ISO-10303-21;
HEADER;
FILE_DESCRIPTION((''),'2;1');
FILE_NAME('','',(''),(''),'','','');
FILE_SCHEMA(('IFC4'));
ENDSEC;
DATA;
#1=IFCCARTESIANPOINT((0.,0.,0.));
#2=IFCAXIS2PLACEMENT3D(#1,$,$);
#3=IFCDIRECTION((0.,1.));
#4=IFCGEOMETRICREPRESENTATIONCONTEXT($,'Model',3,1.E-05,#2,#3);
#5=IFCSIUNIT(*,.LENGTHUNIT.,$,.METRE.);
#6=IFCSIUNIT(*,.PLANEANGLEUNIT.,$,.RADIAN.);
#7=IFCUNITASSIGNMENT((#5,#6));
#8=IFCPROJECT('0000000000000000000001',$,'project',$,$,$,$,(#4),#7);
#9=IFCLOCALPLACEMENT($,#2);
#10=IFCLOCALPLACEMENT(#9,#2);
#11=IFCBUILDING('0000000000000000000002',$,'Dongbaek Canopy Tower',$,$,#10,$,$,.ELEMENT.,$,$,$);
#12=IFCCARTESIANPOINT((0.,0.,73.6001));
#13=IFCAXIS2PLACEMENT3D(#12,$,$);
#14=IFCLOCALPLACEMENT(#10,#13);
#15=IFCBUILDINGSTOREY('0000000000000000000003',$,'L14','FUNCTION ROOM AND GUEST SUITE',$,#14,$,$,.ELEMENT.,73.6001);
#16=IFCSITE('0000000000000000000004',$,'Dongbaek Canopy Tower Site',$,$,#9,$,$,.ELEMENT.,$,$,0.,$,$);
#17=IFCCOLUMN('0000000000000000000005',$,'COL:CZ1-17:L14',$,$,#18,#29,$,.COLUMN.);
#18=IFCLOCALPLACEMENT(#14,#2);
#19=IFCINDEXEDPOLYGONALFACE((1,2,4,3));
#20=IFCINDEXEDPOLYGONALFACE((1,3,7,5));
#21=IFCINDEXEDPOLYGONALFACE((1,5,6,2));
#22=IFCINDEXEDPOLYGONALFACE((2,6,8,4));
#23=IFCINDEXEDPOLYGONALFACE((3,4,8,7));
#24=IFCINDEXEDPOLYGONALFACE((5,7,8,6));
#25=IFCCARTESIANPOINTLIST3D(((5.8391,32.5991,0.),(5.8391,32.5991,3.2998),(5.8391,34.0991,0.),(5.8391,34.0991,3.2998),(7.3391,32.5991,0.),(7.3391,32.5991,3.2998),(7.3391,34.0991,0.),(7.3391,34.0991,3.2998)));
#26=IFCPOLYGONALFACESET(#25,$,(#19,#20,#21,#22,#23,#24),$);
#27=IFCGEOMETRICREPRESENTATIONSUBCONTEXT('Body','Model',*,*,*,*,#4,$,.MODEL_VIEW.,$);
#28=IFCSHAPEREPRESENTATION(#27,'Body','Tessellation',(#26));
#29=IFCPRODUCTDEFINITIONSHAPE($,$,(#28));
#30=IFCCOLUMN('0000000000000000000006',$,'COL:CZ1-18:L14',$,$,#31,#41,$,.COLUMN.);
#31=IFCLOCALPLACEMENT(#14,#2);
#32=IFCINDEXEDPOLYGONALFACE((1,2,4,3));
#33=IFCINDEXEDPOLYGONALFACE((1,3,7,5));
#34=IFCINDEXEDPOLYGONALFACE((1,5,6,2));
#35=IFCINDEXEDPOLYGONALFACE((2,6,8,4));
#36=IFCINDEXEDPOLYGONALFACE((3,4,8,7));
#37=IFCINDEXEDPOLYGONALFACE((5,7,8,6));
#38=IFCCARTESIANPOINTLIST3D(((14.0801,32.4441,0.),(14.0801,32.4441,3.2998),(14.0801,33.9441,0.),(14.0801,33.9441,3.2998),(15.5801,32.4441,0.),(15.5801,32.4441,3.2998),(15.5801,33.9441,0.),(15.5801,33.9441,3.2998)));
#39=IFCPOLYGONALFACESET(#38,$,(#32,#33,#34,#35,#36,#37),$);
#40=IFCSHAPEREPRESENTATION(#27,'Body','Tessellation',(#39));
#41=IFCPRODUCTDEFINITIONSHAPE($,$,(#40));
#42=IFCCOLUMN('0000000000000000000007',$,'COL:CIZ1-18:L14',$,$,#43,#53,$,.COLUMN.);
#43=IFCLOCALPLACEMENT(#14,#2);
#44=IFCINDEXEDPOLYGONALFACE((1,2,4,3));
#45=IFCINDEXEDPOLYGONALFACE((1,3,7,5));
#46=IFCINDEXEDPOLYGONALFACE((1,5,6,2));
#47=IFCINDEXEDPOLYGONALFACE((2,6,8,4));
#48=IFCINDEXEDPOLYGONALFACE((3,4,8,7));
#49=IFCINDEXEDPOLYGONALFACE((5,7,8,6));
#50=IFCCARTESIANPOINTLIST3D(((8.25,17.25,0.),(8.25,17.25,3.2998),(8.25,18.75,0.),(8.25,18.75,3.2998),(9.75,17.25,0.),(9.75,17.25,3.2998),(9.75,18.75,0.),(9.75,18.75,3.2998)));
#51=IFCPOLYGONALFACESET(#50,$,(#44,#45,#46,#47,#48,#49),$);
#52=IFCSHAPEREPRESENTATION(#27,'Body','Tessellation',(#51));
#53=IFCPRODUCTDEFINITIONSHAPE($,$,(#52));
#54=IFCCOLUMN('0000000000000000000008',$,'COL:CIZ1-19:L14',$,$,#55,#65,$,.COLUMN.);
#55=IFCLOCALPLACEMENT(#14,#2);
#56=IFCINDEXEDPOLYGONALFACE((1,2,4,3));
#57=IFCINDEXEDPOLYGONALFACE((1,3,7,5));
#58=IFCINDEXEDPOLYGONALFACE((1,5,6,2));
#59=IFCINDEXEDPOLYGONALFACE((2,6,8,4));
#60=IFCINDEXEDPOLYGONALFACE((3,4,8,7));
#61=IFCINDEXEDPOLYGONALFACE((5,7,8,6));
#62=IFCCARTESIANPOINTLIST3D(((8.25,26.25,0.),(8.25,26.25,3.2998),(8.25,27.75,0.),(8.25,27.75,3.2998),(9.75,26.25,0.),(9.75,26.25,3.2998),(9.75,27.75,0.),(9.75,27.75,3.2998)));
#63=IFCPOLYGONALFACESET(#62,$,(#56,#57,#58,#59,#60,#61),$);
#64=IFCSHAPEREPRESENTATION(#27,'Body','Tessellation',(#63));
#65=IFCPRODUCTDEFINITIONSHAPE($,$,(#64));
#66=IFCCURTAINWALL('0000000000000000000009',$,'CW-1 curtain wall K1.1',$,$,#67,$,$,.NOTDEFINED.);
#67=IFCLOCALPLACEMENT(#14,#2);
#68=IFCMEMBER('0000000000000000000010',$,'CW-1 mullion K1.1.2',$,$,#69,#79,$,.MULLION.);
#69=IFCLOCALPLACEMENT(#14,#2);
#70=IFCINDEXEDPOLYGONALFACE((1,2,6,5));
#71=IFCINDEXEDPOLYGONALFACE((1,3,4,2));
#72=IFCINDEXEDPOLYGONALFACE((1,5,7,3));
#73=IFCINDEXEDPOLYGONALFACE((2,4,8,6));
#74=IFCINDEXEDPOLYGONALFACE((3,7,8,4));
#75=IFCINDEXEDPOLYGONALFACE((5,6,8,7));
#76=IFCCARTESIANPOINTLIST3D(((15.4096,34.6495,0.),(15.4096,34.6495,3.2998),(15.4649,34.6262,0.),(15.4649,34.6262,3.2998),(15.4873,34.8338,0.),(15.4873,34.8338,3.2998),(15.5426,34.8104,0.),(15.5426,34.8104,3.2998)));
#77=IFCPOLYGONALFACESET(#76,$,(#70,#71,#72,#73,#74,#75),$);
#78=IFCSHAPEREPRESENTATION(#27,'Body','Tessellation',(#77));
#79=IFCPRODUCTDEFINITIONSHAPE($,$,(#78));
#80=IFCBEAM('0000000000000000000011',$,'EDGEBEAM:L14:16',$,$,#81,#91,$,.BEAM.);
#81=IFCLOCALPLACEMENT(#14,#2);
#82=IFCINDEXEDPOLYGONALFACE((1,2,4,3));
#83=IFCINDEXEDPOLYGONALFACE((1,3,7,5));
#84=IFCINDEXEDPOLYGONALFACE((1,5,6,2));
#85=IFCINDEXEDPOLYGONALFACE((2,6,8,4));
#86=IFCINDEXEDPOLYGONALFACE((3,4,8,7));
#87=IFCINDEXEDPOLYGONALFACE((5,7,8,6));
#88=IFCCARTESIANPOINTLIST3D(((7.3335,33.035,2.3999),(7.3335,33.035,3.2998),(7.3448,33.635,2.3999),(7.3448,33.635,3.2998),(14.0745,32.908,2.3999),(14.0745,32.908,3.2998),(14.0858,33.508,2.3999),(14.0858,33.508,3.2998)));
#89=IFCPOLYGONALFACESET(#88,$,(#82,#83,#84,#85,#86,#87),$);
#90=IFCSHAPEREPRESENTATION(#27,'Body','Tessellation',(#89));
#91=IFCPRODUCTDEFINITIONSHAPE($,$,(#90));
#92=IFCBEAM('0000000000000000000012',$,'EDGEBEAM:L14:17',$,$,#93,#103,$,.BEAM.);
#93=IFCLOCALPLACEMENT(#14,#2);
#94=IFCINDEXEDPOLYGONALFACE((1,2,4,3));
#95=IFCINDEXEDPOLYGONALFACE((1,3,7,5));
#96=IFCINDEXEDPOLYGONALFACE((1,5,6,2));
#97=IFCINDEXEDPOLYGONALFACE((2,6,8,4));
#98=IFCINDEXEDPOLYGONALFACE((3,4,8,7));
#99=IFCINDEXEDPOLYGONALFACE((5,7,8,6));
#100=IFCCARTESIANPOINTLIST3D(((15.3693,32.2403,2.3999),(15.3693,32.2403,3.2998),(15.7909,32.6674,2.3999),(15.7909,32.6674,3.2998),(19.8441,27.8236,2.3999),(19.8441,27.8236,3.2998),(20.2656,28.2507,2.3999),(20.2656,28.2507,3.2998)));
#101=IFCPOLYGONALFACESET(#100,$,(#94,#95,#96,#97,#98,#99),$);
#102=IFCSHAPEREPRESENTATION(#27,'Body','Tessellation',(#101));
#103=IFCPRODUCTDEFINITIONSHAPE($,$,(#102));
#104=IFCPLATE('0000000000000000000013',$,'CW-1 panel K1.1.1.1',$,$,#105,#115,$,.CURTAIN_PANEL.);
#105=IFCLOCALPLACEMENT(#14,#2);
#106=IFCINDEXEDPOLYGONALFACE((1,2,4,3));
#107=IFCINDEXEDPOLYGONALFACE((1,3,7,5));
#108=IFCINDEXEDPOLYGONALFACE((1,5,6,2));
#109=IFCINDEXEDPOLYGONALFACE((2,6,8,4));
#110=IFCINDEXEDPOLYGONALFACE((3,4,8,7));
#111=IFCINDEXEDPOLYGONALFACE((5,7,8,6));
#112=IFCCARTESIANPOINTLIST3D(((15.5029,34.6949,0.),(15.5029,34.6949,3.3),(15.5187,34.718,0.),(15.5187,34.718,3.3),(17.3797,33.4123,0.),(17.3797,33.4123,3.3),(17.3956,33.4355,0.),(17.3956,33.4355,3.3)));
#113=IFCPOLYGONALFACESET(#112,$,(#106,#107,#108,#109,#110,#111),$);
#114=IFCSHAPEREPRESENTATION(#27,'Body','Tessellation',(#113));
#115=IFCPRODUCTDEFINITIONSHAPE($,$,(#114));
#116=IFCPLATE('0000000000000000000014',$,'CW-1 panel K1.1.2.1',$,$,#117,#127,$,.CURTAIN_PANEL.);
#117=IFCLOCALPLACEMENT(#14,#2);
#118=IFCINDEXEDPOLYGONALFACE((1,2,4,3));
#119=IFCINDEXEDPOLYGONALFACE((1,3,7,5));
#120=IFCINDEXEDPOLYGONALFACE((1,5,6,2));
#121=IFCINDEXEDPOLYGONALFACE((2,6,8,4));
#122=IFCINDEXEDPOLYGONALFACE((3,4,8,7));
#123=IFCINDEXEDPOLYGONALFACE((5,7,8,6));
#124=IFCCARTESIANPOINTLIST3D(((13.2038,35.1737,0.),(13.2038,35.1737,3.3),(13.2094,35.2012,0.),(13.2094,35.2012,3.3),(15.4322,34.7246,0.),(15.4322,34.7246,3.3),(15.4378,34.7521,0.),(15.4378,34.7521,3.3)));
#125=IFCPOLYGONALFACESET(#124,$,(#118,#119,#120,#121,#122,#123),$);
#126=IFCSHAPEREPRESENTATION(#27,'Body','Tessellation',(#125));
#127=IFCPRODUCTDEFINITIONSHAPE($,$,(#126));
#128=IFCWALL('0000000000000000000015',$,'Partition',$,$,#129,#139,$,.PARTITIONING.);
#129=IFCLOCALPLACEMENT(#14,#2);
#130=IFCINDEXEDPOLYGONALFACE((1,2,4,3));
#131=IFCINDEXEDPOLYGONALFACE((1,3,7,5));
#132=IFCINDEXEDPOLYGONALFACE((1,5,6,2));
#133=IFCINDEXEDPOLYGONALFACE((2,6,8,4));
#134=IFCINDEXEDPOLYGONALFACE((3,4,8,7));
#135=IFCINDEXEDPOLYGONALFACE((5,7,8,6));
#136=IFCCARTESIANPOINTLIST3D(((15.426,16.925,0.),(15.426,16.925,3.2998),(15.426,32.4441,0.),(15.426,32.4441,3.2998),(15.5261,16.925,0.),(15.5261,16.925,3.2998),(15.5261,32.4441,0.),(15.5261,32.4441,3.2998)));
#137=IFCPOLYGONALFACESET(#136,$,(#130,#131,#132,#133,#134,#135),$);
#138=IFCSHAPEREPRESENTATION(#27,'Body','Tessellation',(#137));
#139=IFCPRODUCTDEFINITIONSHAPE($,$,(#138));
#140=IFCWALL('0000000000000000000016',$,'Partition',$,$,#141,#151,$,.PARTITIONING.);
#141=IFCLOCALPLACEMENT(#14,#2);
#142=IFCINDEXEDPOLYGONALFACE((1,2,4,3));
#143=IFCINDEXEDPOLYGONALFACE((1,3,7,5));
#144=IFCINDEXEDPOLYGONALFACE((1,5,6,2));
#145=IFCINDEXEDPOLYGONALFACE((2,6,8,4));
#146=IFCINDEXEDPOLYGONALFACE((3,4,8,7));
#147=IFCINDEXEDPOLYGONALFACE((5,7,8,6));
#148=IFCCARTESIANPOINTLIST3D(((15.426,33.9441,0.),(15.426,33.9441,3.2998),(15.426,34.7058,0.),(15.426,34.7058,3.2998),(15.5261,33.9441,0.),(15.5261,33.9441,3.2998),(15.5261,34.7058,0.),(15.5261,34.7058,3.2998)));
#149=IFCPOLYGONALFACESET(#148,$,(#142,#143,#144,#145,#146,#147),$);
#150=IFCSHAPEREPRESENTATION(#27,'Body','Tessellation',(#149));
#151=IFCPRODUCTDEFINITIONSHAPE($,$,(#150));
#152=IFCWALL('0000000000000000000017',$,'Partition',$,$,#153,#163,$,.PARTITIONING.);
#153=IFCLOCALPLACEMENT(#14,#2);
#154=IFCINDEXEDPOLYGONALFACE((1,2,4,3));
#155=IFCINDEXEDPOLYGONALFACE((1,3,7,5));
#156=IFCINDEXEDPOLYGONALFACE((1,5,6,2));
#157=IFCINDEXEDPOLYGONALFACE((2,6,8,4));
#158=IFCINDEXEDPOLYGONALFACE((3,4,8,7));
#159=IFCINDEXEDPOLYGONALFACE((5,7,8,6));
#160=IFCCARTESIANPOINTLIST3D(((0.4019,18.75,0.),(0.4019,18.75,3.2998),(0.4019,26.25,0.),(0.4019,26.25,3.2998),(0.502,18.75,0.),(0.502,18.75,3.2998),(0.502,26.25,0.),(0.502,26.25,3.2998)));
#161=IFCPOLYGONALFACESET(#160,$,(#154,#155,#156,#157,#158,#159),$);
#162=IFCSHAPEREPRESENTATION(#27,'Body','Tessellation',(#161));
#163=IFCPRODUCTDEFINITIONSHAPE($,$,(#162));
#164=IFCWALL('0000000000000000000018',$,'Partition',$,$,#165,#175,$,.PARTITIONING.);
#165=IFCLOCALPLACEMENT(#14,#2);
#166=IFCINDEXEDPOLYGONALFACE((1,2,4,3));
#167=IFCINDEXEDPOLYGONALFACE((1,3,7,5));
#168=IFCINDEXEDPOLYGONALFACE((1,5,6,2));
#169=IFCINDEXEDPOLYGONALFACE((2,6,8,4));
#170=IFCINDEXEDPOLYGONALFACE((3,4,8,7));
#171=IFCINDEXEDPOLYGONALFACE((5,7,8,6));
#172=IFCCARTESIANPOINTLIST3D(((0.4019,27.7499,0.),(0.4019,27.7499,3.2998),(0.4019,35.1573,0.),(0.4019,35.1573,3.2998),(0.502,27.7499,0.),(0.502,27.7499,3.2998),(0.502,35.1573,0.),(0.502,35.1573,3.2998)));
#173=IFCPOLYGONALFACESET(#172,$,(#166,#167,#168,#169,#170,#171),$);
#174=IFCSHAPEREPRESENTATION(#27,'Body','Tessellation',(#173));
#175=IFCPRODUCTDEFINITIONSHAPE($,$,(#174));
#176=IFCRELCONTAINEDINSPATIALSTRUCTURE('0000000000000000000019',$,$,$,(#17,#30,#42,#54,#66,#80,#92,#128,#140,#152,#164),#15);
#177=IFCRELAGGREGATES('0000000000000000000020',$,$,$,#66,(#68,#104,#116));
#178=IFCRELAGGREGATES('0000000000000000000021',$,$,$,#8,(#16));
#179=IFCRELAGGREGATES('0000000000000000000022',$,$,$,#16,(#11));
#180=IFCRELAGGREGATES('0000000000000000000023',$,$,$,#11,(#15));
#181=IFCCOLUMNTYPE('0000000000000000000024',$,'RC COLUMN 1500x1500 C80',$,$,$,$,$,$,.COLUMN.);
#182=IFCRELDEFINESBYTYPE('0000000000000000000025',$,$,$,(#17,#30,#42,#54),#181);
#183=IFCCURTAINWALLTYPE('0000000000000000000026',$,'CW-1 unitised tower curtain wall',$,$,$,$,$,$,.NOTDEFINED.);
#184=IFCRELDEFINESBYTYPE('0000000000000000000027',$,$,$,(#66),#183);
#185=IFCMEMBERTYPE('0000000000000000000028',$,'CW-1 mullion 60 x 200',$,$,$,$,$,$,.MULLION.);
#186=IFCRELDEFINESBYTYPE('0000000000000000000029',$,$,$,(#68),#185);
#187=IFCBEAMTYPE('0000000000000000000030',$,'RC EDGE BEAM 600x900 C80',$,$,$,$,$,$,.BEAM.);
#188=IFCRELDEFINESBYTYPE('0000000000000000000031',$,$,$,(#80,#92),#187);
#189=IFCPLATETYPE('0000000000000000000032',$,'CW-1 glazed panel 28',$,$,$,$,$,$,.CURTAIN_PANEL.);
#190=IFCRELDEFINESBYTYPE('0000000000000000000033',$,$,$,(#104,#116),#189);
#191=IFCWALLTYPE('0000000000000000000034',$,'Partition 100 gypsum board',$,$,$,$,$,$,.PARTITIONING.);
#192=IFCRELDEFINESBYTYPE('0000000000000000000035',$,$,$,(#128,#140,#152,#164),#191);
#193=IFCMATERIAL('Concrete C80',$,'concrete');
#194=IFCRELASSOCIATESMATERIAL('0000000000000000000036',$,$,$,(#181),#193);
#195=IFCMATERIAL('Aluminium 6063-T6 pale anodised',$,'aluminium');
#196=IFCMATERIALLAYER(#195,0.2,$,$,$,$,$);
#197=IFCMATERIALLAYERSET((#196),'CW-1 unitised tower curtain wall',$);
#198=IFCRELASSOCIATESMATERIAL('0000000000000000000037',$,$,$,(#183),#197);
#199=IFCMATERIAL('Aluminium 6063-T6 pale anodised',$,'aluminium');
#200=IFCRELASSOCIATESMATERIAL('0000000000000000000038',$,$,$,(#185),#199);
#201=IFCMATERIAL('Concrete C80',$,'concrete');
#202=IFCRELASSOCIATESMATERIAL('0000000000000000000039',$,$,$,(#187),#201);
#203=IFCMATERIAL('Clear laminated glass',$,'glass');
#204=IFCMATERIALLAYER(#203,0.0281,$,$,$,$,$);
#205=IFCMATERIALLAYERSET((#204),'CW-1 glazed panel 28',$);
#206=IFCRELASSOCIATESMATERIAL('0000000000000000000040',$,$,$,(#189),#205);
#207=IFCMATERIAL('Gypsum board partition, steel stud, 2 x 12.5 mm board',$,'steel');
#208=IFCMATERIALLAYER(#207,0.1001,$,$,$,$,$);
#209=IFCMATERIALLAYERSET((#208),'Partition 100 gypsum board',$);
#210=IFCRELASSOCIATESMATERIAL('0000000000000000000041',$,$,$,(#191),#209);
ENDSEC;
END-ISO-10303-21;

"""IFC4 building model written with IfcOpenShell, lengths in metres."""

from ifc_helpers import new_model, si_unit, direction, frame, frame_2d, origin, origin_2d, place, context, subcontext, project, spatial, rectangle, extrude, material, layer, layer_set, material_profile, profile_set, type_object, element, aggregate, save


model = new_model("IFC4")

# Units and contexts
model_context = context("Model", 3, precision=1e-05, world=origin(), true_north=direction((0.0, 1.0)))
body_context = subcontext(model_context, "Body", "Model", "MODEL_VIEW")
ifc_project = project(units=[si_unit("LENGTHUNIT", "METRE"), si_unit("PLANEANGLEUNIT", "RADIAN")], contexts=[model_context])

# Site, building, storey
site_placement = place(None, origin())
site = spatial("IfcSite", under=ifc_project, at=site_placement, Name="Dongbaek Canopy Tower Site", CompositionType="ELEMENT", RefElevation=0.0)
building_placement = place(site_placement, origin())
building = spatial("IfcBuilding", under=site, at=building_placement, Name="Dongbaek Canopy Tower", CompositionType="ELEMENT")
storey_placement = place(building_placement, frame((0.0, 0.0, 73.6001)))
storey = spatial("IfcBuildingStorey", under=building, at=storey_placement, Name="L14", Description="FUNCTION ROOM AND GUEST SUITE", CompositionType="ELEMENT", Elevation=73.6001)

# Columns
ifc_material_1 = material(Name="Concrete C80", Category="concrete")
ifc_material_profile_1 = material_profile(ifc_material_1, rectangle(XDim=1.5, YDim=1.5, at=origin_2d()), Name="RC COLUMN 1500x1500 C80")
ifc_profile_set_1 = profile_set([ifc_material_profile_1], Name="Concrete C80")
column_type = type_object("IfcColumnType", Name="RC COLUMN 1500x1500 C80", PredefinedType="COLUMN", material=ifc_profile_set_1)
for number, where, z_axis, x_axis, name in (
    (1, (6.5891, 33.3491, 0.0), (0.0, 0.0, 1.0), (1.0, 0.0, 0.0), "COL:CZ1-17:L14"),
    (2, (14.8301, 33.1941, 0.0), (0.0, 0.0, 1.0), (1.0, 0.0, 0.0), "COL:CZ1-18:L14"),
    (3, (9.0, 18.0, 0.0), (0.0, 0.0, 1.0), (1.0, 0.0, 0.0), "COL:CIZ1-18:L14"),
    (4, (9.0, 27.0, 0.0), (0.0, 0.0, 1.0), (1.0, 0.0, 0.0), "COL:CIZ1-19:L14"),
):
    element("IfcColumn", number, at=place(storey_placement, frame(where, z_axis=z_axis, x_axis=x_axis)), inside=storey, type_object=column_type, Name=name, PredefinedType="COLUMN", context=body_context, shape_type="SweptSolid", body=[
        extrude(rectangle(XDim=1.5, YDim=1.5, at=origin_2d()), origin(), (0.0, 0.0, 1.0), 3.2998),
    ])

# Curtain wall, member
ifc_material_2 = material(Name="Aluminium 6063-T6 pale anodised", Category="aluminium")
ifc_layer_1 = layer(ifc_material_2, 0.2)
ifc_layer_set_1 = layer_set([ifc_layer_1], Name="CW-1 unitised tower curtain wall")
curtain_wall_type = type_object("IfcCurtainWallType", Name="CW-1 unitised tower curtain wall", PredefinedType="NOTDEFINED", material=ifc_layer_set_1)
curtain_wall_placement = place(storey_placement, origin())
curtain_wall = element("IfcCurtainWall", 5, at=curtain_wall_placement, inside=storey, type_object=curtain_wall_type, Name="CW-1 curtain wall K1.1", PredefinedType="NOTDEFINED")
ifc_material_3 = material(Name="Aluminium 6063-T6 pale anodised", Category="aluminium")
ifc_material_profile_2 = material_profile(ifc_material_3, rectangle(XDim=0.2, YDim=0.0601, at=origin_2d()), Name="CW-1 mullion 60 x 200")
ifc_profile_set_2 = profile_set([ifc_material_profile_2], Name="Aluminium 6063-T6 pale anodised")
member_type = type_object("IfcMemberType", Name="CW-1 mullion 60 x 200", PredefinedType="MULLION", material=ifc_profile_set_2)
member_placement = place(storey_placement, frame((15.4761, 34.73, 0.0), z_axis=(0.0, 0.0, 1.0), x_axis=(0.388645, 0.921387, 0.0)))
member = element("IfcMember", 6, at=member_placement, type_object=member_type, Name="CW-1 mullion K1.1.2", PredefinedType="MULLION", context=body_context, shape_type="SweptSolid", body=[
    extrude(rectangle(XDim=0.2, YDim=0.0601, at=origin_2d()), origin(), (0.0, 0.0, 1.0), 3.2998),
])

# Beams
ifc_material_4 = material(Name="Concrete C80", Category="concrete")
ifc_material_profile_3 = material_profile(ifc_material_4, rectangle(XDim=0.6001, YDim=0.8999, at=origin_2d()), Name="RC EDGE BEAM 600x900 C80")
ifc_profile_set_3 = profile_set([ifc_material_profile_3], Name="Concrete C80")
beam_type = type_object("IfcBeamType", Name="RC EDGE BEAM 600x900 C80", PredefinedType="BEAM", material=ifc_profile_set_3)
beam_1_placement = place(storey_placement, frame((7.3391, 33.335, 2.8499), z_axis=(0.999823, -0.01883, 0.0), x_axis=(0.01883, 0.999823, 0.0)))
element("IfcBeam", 7, at=beam_1_placement, inside=storey, type_object=beam_type, Name="EDGEBEAM:L14:16", PredefinedType="BEAM", context=body_context, shape_type="SweptSolid", body=[
    extrude(rectangle(XDim=0.6001, YDim=0.8999, at=origin_2d()), origin(), (0.0, 0.0, 1.0), 6.7422),
])
beam_2_placement = place(storey_placement, frame((15.5801, 32.4539, 2.8499), z_axis=(0.711712, -0.702471, 0.0), x_axis=(0.702471, 0.711712, 0.0)))
element("IfcBeam", 8, at=beam_2_placement, inside=storey, type_object=beam_type, Name="EDGEBEAM:L14:17", PredefinedType="BEAM", context=body_context, shape_type="SweptSolid", body=[
    extrude(rectangle(XDim=0.6001, YDim=0.8999, at=origin_2d()), origin(), (0.0, 0.0, 1.0), 6.2874),
])

# Plates
ifc_material_5 = material(Name="Clear laminated glass", Category="glass")
ifc_layer_2 = layer(ifc_material_5, 0.0281)
ifc_layer_set_2 = layer_set([ifc_layer_2], Name="CW-1 glazed panel 28")
plate_type = type_object("IfcPlateType", Name="CW-1 glazed panel 28", PredefinedType="CURTAIN_PANEL", material=ifc_layer_set_2)
plate_1_placement = place(storey_placement, frame((16.4492, 34.0652, 0.0), z_axis=(0.0, 0.0, 1.0), x_axis=(-0.825641, 0.564196, 0.0)))
plate_1 = element("IfcPlate", 9, at=plate_1_placement, type_object=plate_type, Name="CW-1 panel K1.1.1.1", PredefinedType="CURTAIN_PANEL", context=body_context, shape_type="SweptSolid", body=[
    extrude(rectangle(XDim=2.2732, YDim=0.0281, at=origin_2d()), origin(), (0.0, 0.0, 1.0), 3.3),
])
plate_2_placement = place(storey_placement, frame((14.3208, 34.9629, 0.0), z_axis=(0.0, 0.0, 1.0), x_axis=(-0.980292, 0.197555, 0.0)))
plate_2 = element("IfcPlate", 10, at=plate_2_placement, type_object=plate_type, Name="CW-1 panel K1.1.2.1", PredefinedType="CURTAIN_PANEL", context=body_context, shape_type="SweptSolid", body=[
    extrude(rectangle(XDim=2.2732, YDim=0.0281, at=origin_2d()), origin(), (0.0, 0.0, 1.0), 3.3),
])
aggregate(curtain_wall, [member, plate_1, plate_2])

# Walls
ifc_material_6 = material(Name="Gypsum board partition, steel stud, 2 x 12.5 mm board", Category="steel")
ifc_layer_3 = layer(ifc_material_6, 0.1001)
ifc_layer_set_3 = layer_set([ifc_layer_3], Name="Partition 100 gypsum board")
wall_type = type_object("IfcWallType", Name="Partition 100 gypsum board", PredefinedType="PARTITIONING", material=ifc_layer_set_3)
wall_1_placement = place(storey_placement, frame((15.4761, 16.925, 0.0), z_axis=(0.0, 0.0, 1.0), x_axis=(0.0, 1.0, 0.0)))
element("IfcWall", 11, at=wall_1_placement, inside=storey, type_object=wall_type, Name="Partition", PredefinedType="PARTITIONING", context=body_context, shape_type="SweptSolid", body=[
    extrude(rectangle(XDim=15.519, YDim=0.1001, at=frame_2d((7.7595, 0.0))), origin(), (0.0, 0.0, 1.0), 3.2998),
])
wall_2_placement = place(storey_placement, frame((15.4761, 33.9441, 0.0), z_axis=(0.0, 0.0, 1.0), x_axis=(0.0, 1.0, 0.0)))
element("IfcWall", 12, at=wall_2_placement, inside=storey, type_object=wall_type, Name="Partition", PredefinedType="PARTITIONING", context=body_context, shape_type="SweptSolid", body=[
    extrude(rectangle(XDim=0.7617, YDim=0.1001, at=frame_2d((0.3809, 0.0))), origin(), (0.0, 0.0, 1.0), 3.2998),
])
wall_3_placement = place(storey_placement, frame((0.4519, 18.75, 0.0), z_axis=(0.0, 0.0, 1.0), x_axis=(0.0, 1.0, 0.0)))
element("IfcWall", 13, at=wall_3_placement, inside=storey, type_object=wall_type, Name="Partition", PredefinedType="PARTITIONING", context=body_context, shape_type="SweptSolid", body=[
    extrude(rectangle(XDim=7.5, YDim=0.1001, at=frame_2d((3.75, 0.0))), origin(), (0.0, 0.0, 1.0), 3.2998),
])
wall_4_placement = place(storey_placement, frame((0.4519, 27.75, 0.0), z_axis=(0.0, 0.0, 1.0), x_axis=(0.0, 1.0, 0.0)))
element("IfcWall", 14, at=wall_4_placement, inside=storey, type_object=wall_type, Name="Partition", PredefinedType="PARTITIONING", context=body_context, shape_type="SweptSolid", body=[
    extrude(rectangle(XDim=7.4075, YDim=0.1001, at=frame_2d((3.7036, 0.0))), origin(), (0.0, 0.0, 1.0), 3.2998),
])

save(model, "model.ifc")
